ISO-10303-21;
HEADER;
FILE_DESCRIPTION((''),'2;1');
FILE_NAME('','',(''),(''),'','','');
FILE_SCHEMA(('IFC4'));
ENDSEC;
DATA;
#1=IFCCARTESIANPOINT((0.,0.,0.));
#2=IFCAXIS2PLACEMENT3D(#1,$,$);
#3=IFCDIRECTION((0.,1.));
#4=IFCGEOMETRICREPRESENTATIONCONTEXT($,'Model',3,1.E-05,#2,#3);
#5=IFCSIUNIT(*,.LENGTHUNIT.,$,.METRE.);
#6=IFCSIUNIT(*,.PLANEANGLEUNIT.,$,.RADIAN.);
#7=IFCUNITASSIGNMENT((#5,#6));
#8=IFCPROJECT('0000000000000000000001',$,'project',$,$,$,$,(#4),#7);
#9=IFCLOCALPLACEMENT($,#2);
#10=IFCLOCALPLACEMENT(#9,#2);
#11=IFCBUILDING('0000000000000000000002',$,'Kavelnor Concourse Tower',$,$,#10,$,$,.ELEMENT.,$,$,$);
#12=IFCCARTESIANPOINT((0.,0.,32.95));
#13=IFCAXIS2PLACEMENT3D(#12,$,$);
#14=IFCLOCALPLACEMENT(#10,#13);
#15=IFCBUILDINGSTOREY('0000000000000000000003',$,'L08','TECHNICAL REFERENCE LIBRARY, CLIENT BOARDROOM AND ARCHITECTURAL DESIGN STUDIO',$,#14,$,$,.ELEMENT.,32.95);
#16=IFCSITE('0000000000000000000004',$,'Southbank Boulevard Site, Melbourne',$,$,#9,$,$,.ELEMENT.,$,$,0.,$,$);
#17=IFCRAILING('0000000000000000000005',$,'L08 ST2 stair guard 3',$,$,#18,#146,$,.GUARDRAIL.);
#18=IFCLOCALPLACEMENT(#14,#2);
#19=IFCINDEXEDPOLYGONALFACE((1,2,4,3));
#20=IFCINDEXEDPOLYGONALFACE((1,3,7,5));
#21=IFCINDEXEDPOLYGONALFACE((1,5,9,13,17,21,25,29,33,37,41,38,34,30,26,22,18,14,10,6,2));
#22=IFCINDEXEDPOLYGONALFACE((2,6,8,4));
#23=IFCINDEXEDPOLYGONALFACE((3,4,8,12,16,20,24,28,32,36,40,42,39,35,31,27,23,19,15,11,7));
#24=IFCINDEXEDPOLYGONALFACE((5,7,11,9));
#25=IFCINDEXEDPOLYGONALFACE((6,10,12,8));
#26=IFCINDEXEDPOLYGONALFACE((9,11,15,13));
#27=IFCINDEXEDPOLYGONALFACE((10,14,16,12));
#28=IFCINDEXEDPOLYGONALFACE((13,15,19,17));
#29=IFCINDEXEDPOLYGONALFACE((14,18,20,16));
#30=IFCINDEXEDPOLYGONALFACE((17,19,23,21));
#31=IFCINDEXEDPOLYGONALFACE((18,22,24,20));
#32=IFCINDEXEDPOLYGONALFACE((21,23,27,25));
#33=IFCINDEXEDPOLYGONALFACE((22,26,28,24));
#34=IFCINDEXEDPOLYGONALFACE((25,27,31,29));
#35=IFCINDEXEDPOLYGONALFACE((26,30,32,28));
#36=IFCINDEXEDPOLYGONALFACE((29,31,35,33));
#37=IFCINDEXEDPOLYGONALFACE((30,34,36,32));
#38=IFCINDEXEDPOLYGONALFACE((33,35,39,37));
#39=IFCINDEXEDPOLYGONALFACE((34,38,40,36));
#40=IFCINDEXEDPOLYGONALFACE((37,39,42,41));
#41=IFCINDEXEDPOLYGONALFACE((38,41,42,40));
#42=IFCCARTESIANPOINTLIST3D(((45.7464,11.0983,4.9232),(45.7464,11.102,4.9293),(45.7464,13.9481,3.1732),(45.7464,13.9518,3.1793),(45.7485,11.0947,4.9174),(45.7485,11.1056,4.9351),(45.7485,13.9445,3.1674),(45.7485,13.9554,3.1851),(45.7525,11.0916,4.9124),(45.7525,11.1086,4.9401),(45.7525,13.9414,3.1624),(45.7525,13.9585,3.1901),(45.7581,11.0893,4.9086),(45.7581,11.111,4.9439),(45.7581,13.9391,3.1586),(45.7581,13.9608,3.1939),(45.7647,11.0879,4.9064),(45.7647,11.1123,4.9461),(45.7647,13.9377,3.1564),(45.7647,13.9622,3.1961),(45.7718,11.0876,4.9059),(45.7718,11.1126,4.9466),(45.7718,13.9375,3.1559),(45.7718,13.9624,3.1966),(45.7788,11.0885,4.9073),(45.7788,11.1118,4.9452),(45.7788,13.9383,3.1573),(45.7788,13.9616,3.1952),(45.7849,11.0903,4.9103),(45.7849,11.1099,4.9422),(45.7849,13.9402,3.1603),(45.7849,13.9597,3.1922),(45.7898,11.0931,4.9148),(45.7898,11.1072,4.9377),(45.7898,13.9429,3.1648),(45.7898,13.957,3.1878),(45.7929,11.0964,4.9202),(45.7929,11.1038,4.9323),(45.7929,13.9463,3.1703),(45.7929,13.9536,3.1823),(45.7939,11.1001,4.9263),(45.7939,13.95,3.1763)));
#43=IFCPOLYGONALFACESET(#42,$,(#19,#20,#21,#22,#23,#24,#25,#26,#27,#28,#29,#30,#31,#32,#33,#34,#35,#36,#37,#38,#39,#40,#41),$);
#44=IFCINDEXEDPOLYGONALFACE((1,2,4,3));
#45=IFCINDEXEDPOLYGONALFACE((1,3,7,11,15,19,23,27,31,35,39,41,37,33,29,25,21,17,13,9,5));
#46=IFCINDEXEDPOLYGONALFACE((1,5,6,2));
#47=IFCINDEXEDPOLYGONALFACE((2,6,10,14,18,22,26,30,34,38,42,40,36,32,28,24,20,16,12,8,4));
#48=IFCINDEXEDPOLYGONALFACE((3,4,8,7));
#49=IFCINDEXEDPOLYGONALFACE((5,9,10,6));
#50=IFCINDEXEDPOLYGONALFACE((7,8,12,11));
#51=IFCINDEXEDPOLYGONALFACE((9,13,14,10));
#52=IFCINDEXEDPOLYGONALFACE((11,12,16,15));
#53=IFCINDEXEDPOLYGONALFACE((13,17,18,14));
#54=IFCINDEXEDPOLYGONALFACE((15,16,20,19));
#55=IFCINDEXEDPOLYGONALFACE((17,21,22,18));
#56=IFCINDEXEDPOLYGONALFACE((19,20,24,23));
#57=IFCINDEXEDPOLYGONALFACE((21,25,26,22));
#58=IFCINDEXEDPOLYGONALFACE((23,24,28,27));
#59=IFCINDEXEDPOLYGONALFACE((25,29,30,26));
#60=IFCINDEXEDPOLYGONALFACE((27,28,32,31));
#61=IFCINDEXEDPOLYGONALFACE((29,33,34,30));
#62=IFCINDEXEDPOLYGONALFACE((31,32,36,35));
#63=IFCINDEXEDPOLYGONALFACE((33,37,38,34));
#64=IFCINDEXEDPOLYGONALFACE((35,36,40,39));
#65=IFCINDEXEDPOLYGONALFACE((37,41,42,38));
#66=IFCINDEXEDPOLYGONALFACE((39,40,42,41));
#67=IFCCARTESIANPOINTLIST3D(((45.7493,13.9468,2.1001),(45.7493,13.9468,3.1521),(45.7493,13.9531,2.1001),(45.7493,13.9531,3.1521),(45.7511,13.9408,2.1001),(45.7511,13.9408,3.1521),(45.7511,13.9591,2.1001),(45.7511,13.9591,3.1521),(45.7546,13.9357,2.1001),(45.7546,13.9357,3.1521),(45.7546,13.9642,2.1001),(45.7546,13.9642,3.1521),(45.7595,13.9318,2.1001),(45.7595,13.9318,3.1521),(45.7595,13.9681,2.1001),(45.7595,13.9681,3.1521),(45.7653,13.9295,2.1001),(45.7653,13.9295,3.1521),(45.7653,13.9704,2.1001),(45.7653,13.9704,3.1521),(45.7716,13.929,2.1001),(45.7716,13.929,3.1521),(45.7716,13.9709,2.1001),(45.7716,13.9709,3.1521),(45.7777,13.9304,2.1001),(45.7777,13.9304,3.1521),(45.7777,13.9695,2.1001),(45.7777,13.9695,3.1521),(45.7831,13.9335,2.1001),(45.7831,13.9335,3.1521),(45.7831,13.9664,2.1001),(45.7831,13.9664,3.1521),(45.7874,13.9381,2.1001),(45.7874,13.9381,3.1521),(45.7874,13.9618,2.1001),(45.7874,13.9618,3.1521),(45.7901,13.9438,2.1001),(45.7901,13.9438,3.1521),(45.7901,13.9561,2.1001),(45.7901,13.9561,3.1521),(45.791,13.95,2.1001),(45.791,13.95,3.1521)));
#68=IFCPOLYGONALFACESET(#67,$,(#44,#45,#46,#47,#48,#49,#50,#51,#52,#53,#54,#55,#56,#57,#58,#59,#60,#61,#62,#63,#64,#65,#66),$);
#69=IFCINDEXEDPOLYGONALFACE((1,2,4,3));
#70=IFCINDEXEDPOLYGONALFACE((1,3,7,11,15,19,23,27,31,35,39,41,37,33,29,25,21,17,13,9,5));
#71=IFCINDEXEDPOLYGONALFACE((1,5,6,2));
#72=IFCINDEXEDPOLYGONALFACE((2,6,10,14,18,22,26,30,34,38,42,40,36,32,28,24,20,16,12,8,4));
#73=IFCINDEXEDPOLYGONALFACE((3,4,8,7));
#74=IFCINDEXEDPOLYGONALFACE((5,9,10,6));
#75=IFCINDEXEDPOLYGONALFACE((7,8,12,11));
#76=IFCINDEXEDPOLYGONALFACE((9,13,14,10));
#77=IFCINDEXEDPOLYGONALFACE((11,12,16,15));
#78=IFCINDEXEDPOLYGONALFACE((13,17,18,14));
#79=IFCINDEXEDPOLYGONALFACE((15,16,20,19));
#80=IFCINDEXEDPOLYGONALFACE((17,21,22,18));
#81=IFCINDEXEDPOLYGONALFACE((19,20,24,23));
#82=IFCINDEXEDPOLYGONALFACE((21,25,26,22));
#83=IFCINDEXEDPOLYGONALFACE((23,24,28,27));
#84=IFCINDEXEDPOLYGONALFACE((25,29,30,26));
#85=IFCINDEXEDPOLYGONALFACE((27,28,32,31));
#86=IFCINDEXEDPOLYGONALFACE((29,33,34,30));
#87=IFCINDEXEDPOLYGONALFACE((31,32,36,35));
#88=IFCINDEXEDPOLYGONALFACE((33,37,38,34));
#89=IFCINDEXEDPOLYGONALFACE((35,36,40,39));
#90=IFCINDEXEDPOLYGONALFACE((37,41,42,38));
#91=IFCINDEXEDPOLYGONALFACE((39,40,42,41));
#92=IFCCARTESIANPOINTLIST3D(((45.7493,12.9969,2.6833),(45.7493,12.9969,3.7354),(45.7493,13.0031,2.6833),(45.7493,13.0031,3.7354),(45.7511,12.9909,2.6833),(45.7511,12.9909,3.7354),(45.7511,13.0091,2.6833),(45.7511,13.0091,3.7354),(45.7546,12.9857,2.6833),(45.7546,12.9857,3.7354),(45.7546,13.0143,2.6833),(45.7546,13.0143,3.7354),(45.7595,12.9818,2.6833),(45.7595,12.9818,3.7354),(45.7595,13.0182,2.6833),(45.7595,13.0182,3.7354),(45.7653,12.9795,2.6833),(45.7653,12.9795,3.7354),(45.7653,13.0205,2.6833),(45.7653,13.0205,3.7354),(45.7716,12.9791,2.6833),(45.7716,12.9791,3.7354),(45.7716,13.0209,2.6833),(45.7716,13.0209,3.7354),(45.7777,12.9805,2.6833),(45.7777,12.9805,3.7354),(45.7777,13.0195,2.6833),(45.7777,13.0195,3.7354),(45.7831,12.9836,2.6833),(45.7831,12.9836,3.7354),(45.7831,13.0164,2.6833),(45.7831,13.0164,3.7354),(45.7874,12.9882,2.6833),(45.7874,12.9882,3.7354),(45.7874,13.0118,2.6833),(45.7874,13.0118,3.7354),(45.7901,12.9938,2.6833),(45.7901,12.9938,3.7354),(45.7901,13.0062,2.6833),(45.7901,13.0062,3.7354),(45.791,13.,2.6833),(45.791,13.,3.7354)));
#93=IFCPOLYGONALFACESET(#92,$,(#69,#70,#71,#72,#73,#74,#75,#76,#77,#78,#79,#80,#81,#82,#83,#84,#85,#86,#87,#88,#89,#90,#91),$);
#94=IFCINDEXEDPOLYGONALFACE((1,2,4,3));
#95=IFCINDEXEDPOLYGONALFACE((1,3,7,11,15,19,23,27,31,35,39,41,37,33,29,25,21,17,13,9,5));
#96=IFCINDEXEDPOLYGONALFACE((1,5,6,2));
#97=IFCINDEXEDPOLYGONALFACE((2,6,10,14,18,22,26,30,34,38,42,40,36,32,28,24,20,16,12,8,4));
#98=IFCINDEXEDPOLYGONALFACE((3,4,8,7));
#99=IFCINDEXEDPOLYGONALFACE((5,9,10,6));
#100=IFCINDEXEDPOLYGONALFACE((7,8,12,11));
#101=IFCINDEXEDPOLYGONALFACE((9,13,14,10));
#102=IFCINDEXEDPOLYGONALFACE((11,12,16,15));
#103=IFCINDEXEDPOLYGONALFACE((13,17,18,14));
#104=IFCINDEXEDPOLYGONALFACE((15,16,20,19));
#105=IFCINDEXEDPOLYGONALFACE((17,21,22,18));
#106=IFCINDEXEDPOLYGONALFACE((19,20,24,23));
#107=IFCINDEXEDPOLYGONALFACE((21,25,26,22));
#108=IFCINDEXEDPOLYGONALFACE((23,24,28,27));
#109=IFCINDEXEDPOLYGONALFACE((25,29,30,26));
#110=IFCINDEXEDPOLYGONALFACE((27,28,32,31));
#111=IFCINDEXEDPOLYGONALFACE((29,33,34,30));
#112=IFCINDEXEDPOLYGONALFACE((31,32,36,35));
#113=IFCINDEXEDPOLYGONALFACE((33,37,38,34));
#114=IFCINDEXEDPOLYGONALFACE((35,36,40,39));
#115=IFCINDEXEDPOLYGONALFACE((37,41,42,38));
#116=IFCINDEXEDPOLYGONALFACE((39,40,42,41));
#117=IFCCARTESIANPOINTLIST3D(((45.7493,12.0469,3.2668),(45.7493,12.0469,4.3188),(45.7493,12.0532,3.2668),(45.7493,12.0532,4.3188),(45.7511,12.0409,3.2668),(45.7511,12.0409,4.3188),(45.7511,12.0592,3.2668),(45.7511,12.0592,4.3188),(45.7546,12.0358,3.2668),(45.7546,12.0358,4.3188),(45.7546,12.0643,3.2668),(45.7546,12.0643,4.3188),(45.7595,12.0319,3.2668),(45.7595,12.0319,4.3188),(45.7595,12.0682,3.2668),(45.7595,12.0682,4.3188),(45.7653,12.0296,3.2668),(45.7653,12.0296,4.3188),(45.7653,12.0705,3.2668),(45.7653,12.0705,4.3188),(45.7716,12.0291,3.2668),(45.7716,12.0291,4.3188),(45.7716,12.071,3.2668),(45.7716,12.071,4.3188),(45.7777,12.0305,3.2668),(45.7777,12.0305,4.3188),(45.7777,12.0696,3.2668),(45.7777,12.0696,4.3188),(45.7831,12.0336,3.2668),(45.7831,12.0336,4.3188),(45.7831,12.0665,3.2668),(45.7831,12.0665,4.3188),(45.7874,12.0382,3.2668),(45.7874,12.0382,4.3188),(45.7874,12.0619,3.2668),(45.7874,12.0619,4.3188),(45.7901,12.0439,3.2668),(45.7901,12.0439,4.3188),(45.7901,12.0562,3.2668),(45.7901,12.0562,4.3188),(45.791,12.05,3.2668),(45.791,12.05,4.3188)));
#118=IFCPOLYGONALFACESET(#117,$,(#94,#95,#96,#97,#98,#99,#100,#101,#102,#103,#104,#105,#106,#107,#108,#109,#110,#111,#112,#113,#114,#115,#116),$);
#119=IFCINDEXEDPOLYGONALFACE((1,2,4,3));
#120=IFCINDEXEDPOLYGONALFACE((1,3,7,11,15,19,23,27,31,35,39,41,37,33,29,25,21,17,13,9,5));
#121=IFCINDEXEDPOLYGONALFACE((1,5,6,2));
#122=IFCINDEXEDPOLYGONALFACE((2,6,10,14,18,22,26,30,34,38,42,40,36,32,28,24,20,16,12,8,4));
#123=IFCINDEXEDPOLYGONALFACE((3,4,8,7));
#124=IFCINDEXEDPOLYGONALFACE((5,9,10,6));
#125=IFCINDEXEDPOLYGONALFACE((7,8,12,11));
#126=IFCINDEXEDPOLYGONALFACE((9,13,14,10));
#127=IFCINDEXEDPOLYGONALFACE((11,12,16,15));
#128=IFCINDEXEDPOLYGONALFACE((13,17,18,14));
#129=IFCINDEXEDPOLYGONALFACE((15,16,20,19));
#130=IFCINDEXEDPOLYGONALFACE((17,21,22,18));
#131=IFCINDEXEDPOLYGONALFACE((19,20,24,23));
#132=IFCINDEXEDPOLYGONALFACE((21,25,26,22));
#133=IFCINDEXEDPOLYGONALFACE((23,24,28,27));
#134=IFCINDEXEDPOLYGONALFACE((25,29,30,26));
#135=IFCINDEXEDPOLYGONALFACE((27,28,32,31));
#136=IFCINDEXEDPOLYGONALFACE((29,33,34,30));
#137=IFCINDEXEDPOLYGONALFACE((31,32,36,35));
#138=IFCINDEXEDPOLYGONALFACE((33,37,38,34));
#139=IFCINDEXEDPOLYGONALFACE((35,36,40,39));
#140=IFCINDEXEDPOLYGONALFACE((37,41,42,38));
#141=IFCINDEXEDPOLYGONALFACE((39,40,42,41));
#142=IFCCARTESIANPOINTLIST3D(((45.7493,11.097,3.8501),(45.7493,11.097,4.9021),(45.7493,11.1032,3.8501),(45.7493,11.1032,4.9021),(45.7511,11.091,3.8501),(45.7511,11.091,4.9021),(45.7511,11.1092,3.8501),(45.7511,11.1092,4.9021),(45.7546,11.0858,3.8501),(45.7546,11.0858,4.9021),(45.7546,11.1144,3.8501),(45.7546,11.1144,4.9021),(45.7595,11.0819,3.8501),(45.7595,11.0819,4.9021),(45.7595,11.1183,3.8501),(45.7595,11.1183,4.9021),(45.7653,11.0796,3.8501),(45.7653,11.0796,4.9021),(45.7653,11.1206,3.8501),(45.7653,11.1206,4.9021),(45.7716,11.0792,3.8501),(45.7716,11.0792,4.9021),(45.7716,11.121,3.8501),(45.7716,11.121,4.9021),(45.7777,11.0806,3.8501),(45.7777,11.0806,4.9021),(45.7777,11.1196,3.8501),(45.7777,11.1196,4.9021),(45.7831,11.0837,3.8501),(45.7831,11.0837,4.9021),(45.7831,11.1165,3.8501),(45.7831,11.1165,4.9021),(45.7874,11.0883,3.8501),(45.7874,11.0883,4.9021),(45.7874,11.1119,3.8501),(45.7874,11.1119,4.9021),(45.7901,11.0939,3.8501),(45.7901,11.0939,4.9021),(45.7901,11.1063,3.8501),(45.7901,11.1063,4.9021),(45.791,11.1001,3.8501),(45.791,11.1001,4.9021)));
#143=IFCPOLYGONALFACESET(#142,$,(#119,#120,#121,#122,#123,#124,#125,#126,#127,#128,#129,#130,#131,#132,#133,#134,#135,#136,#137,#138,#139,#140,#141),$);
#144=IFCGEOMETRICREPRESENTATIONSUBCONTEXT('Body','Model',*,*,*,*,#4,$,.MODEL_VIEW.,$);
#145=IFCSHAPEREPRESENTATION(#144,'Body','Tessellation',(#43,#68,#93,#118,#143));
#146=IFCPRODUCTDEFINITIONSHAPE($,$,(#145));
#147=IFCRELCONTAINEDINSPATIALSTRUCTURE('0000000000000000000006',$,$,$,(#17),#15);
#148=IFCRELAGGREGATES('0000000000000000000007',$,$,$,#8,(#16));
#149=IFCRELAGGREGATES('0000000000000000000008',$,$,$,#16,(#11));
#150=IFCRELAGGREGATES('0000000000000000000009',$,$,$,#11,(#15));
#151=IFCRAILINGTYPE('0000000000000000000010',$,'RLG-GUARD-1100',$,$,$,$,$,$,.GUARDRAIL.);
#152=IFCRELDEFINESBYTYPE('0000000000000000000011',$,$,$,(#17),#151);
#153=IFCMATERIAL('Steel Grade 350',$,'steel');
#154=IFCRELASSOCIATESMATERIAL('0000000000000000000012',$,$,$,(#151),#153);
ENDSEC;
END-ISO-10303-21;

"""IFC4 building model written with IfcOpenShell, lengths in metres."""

from ifc_helpers import new_model, si_unit, direction, frame, origin, origin_2d, place, context, subcontext, project, spatial, circle, extrude, material, type_object, element, save


model = new_model("IFC4")

# Units and contexts
model_context = context("Model", 3, precision=1e-05, world=origin(), true_north=direction((0.0, 1.0)))
body_context = subcontext(model_context, "Body", "Model", "MODEL_VIEW")
ifc_project = project(units=[si_unit("LENGTHUNIT", "METRE"), si_unit("PLANEANGLEUNIT", "RADIAN")], contexts=[model_context])

# Site, building, storey
site_placement = place(None, origin())
site = spatial("IfcSite", under=ifc_project, at=site_placement, Name="Southbank Boulevard Site, Melbourne", CompositionType="ELEMENT", RefElevation=0.0)
building_placement = place(site_placement, origin())
building = spatial("IfcBuilding", under=site, at=building_placement, Name="Kavelnor Concourse Tower", CompositionType="ELEMENT")
storey_placement = place(building_placement, frame((0.0, 0.0, 32.95)))
storey = spatial("IfcBuildingStorey", under=building, at=storey_placement, Name="L08", Description="TECHNICAL REFERENCE LIBRARY, CLIENT BOARDROOM AND ARCHITECTURAL DESIGN STUDIO", CompositionType="ELEMENT", Elevation=32.95)

# Shared definitions
ifc_material_1 = material(Name="Steel Grade 350", Category="steel")

# Railing
railing_type_1 = type_object("IfcRailingType", Name="RLG-GUARD-1100", PredefinedType="GUARDRAIL", material=ifc_material_1)
railing_1_placement = place(storey_placement, frame((45.77, 13.95, 2.1001)))
element("IfcRailing", 1, at=railing_1_placement, inside=storey, type_object=railing_type_1, Name="L08 ST2 stair guard 3", PredefinedType="GUARDRAIL", context=body_context, shape_type="SweptSolid", body=[
    extrude(circle(Radius=0.0239, at=origin_2d()), frame((0.0, 0.0, 1.0762), z_axis=(0.0, -0.852159, 0.523283), x_axis=(1.0, 0.0, 0.0)), (0.0, 0.0, 1.0), 3.3442),
    extrude(circle(Radius=0.021, at=origin_2d()), origin(), (0.0, 0.0, 1.0), 1.052),
    extrude(circle(Radius=0.021, at=origin_2d()), frame((0.0, -0.95, 0.5833)), (0.0, 0.0, 1.0), 1.052),
    extrude(circle(Radius=0.021, at=origin_2d()), frame((0.0, -1.8999, 1.1667)), (0.0, 0.0, 1.0), 1.052),
    extrude(circle(Radius=0.021, at=origin_2d()), frame((0.0, -2.8499, 1.75)), (0.0, 0.0, 1.0), 1.052),
])

save(model, "model.ifc")
